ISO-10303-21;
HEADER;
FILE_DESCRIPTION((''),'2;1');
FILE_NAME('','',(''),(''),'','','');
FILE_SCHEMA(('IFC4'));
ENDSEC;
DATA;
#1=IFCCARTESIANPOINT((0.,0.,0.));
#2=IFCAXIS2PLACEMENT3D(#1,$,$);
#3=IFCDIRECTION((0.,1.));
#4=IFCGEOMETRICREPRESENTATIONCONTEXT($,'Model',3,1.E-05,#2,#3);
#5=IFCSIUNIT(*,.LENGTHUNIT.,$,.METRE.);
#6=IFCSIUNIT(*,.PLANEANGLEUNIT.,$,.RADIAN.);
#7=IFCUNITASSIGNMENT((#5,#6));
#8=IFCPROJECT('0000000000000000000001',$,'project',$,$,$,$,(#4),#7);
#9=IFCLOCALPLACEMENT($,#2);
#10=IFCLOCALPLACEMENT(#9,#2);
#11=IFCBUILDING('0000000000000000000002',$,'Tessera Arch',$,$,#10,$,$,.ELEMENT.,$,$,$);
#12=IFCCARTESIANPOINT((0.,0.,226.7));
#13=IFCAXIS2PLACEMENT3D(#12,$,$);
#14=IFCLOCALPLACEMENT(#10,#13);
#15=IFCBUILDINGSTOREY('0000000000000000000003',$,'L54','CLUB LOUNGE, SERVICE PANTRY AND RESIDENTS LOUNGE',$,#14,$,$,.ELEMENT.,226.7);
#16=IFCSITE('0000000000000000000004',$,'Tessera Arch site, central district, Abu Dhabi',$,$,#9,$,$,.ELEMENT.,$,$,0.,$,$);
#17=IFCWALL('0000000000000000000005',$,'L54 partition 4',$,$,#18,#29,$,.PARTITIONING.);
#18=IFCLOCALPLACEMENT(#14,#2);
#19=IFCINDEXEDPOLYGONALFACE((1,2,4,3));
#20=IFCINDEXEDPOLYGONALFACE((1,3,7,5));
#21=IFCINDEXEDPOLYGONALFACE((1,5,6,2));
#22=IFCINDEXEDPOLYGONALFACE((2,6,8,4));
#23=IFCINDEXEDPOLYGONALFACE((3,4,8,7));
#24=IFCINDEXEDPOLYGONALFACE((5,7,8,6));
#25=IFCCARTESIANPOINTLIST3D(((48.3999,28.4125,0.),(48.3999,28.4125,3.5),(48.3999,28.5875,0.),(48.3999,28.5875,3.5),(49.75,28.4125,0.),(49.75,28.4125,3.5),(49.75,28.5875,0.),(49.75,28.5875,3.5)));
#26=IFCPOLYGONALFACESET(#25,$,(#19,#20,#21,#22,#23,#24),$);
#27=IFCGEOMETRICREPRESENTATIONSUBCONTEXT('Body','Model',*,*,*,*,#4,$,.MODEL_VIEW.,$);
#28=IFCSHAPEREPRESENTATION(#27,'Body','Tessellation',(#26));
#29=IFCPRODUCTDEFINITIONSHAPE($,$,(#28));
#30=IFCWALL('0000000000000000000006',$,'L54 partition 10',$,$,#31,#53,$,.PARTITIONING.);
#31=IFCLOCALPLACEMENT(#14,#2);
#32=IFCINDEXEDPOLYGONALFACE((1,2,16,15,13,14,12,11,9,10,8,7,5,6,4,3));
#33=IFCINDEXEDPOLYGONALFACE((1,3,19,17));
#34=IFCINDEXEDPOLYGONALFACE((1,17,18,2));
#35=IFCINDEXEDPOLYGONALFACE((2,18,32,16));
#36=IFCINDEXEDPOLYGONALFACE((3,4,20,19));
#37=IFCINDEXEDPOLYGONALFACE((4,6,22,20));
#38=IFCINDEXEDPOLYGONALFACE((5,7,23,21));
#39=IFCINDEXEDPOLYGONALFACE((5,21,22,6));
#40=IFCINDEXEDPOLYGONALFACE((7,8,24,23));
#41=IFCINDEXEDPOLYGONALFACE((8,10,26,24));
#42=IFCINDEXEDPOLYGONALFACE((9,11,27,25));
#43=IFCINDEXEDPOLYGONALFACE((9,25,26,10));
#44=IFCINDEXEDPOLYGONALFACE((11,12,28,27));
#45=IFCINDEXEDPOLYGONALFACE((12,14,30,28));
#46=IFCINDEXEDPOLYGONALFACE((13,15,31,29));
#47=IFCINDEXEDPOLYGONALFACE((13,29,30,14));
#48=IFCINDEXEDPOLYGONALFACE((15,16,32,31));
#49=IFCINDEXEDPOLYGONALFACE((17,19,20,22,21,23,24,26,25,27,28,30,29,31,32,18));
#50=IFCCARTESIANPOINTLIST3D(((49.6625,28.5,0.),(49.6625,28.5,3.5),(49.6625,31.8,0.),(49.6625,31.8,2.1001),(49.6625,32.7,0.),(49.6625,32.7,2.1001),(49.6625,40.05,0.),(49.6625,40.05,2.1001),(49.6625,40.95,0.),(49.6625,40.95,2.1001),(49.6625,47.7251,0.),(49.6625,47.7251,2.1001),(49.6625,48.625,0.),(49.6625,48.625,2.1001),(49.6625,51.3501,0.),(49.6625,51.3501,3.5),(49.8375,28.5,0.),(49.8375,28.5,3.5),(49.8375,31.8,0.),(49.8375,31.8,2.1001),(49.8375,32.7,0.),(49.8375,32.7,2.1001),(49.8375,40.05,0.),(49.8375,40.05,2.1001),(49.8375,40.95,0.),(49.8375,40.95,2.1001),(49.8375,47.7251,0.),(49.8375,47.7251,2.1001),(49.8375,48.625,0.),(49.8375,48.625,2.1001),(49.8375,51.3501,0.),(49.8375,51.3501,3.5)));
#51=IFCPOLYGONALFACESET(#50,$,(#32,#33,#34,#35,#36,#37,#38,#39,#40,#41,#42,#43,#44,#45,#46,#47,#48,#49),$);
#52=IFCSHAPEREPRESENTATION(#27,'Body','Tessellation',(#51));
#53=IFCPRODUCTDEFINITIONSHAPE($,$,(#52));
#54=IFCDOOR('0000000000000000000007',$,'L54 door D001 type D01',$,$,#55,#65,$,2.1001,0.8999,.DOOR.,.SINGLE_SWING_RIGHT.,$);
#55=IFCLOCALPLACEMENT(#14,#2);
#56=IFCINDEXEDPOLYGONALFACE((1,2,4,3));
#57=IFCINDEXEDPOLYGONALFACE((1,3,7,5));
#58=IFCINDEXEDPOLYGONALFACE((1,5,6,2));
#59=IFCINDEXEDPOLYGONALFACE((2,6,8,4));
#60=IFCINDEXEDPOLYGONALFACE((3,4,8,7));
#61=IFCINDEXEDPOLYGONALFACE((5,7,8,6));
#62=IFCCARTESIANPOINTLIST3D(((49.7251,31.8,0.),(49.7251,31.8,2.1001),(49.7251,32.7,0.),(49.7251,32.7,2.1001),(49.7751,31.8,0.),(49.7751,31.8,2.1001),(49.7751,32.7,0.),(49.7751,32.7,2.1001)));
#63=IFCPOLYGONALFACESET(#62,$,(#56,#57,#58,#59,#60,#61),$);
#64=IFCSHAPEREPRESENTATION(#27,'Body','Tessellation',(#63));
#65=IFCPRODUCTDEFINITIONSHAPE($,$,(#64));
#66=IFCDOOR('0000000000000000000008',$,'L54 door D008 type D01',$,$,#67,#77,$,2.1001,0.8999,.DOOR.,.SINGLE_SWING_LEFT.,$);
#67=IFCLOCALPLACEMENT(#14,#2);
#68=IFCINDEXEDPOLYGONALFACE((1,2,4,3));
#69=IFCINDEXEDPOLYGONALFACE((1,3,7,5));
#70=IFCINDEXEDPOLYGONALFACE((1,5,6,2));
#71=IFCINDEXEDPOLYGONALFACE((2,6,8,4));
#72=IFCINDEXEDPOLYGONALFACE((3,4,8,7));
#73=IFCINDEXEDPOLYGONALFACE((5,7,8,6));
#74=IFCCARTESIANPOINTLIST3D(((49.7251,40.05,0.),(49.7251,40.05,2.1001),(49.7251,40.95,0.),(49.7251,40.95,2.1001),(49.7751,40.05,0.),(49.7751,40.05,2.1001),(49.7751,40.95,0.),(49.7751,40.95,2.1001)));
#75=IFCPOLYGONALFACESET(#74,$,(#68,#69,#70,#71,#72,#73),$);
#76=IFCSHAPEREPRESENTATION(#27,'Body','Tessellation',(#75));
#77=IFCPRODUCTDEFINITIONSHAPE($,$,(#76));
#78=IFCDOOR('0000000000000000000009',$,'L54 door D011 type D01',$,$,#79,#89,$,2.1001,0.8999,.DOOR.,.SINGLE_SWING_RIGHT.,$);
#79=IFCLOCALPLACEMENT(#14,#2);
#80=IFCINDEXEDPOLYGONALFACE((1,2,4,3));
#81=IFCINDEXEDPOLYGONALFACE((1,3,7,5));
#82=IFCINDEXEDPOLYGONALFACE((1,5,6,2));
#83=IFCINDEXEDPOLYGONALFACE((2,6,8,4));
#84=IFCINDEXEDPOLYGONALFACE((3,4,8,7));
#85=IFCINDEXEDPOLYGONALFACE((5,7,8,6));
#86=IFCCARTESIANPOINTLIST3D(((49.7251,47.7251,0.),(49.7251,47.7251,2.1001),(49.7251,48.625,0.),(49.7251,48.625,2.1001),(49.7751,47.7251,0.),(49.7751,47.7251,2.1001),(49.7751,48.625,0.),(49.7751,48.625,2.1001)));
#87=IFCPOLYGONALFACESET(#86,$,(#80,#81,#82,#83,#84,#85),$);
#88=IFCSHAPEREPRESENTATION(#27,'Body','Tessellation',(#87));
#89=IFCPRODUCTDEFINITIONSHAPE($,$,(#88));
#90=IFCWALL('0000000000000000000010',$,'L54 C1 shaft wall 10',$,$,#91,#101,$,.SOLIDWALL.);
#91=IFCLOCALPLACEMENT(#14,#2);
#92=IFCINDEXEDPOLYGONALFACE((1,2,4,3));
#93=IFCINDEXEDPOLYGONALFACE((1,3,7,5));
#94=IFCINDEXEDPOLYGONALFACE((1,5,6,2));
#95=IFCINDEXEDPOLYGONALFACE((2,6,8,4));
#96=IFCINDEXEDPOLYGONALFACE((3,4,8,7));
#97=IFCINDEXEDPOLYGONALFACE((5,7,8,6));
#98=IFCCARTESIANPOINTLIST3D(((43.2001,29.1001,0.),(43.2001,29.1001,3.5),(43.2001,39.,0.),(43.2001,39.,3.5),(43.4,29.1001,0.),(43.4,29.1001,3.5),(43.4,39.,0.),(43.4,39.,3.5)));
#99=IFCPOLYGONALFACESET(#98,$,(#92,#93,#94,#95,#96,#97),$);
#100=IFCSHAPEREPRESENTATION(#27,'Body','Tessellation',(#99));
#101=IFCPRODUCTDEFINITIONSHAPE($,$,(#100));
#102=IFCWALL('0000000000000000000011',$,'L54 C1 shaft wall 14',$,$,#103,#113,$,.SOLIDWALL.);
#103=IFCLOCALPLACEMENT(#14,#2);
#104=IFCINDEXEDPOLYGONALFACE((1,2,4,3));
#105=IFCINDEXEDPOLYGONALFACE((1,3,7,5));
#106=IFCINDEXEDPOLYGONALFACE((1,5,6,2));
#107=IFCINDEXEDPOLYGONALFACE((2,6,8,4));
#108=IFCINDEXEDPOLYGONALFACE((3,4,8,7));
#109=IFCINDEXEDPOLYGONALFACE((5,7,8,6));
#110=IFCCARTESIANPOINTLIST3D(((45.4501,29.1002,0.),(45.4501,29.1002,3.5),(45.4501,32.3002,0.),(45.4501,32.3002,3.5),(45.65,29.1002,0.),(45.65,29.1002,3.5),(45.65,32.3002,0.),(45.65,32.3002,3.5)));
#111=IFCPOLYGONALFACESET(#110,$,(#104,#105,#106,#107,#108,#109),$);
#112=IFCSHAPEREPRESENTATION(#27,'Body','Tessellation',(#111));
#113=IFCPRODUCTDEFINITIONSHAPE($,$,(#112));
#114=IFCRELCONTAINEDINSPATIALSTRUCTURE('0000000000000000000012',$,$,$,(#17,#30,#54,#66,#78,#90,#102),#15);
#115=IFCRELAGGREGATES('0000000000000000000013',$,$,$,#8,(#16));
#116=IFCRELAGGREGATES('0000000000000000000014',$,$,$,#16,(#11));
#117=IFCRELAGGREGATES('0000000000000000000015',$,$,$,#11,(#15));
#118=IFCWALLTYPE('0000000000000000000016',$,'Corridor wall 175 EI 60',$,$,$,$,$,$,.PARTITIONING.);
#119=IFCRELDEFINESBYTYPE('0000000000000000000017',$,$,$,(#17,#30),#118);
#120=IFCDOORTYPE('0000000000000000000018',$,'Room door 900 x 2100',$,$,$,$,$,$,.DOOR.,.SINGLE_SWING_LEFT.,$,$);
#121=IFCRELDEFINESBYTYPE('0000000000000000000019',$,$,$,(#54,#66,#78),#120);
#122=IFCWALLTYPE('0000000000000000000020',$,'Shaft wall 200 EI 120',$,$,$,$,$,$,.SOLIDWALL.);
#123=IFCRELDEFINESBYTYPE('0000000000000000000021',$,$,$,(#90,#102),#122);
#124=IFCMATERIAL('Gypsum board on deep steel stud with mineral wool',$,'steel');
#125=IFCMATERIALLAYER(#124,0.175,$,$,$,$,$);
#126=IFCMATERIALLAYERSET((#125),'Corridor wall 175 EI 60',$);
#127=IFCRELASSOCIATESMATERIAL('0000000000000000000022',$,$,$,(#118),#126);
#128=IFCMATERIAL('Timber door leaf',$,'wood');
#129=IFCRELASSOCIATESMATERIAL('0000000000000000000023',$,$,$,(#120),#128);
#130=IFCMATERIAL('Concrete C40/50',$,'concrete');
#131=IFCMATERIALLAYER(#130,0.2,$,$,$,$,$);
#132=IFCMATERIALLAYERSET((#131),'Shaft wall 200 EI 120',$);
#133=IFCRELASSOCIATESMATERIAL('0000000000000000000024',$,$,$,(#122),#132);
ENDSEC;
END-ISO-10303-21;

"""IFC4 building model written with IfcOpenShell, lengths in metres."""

from ifc_helpers import new_model, si_unit, direction, frame, frame_2d, origin, place, context, subcontext, project, spatial, rectangle, extrude, material, layer, layer_set, type_object, element, fill, save


model = new_model("IFC4")

# Units and contexts
model_context = context("Model", 3, precision=1e-05, world=origin(), true_north=direction((0.0, 1.0)))
body_context = subcontext(model_context, "Body", "Model", "MODEL_VIEW")
ifc_project = project(units=[si_unit("LENGTHUNIT", "METRE"), si_unit("PLANEANGLEUNIT", "RADIAN")], contexts=[model_context])

# Site, building, storey
site_placement = place(None, origin())
site = spatial("IfcSite", under=ifc_project, at=site_placement, Name="Tessera Arch site, central district, Abu Dhabi", CompositionType="ELEMENT", RefElevation=0.0)
building_placement = place(site_placement, origin())
building = spatial("IfcBuilding", under=site, at=building_placement, Name="Tessera Arch", CompositionType="ELEMENT")
storey_placement = place(building_placement, frame((0.0, 0.0, 226.7)))
storey = spatial("IfcBuildingStorey", under=building, at=storey_placement, Name="L54", Description="CLUB LOUNGE, SERVICE PANTRY AND RESIDENTS LOUNGE", CompositionType="ELEMENT", Elevation=226.7)

# Wall
ifc_material_1 = material(Name="Gypsum board on deep steel stud with mineral wool", Category="steel")
ifc_layer_1 = layer(ifc_material_1, 0.175)
ifc_layer_set_1 = layer_set([ifc_layer_1], Name="Corridor wall 175 EI 60")
wall_type_1 = type_object("IfcWallType", Name="Corridor wall 175 EI 60", PredefinedType="PARTITIONING", material=ifc_layer_set_1)
wall_1_placement = place(storey_placement, frame((48.3999, 28.5, 0.0), z_axis=(0.0, 0.0, 1.0), x_axis=(1.0, 0.0, 0.0)))
element("IfcWall", 1, at=wall_1_placement, inside=storey, type_object=wall_type_1, Name="L54 partition 4", PredefinedType="PARTITIONING", context=body_context, shape_type="SweptSolid", body=[
    extrude(rectangle(XDim=1.3501, YDim=0.175, at=frame_2d((0.675, 0.0))), origin(), (0.0, 0.0, 1.0), 3.5),
])

# Wall, openings, doors
wall_2_placement = place(storey_placement, frame((49.75, 28.5, 0.0), z_axis=(0.0, 0.0, 1.0), x_axis=(0.0, 1.0, 0.0)))
wall_2 = element("IfcWall", 2, at=wall_2_placement, inside=storey, type_object=wall_type_1, Name="L54 partition 10", PredefinedType="PARTITIONING", context=body_context, shape_type="SweptSolid", body=[
    extrude(rectangle(XDim=22.8501, YDim=0.175, at=frame_2d((11.425, 0.0))), origin(), (0.0, 0.0, 1.0), 3.5),
])
opening_1_placement = place(wall_2_placement, frame((3.3, 0.0, 0.0)))
opening_1 = element("IfcOpeningElement", 3, at=opening_1_placement, cuts=wall_2, PredefinedType="OPENING", context=body_context, shape_type="SweptSolid", body=[
    extrude(rectangle(XDim=0.8999, YDim=2.1001, at=frame_2d((0.45, 1.05))), frame((0.0, 0.0974, 0.0), z_axis=(0.0, -1.0, 0.0), x_axis=(1.0, 0.0, 0.0)), (0.0, 0.0, 1.0), 0.1951),
])
opening_2_placement = place(wall_2_placement, frame((11.55, 0.0, 0.0)))
opening_2 = element("IfcOpeningElement", 4, at=opening_2_placement, cuts=wall_2, PredefinedType="OPENING", context=body_context, shape_type="SweptSolid", body=[
    extrude(rectangle(XDim=0.8999, YDim=2.1001, at=frame_2d((0.45, 1.05))), frame((0.0, 0.0974, 0.0), z_axis=(0.0, -1.0, 0.0), x_axis=(1.0, 0.0, 0.0)), (0.0, 0.0, 1.0), 0.1951),
])
opening_3_placement = place(wall_2_placement, frame((19.2251, 0.0, 0.0)))
opening_3 = element("IfcOpeningElement", 5, at=opening_3_placement, cuts=wall_2, PredefinedType="OPENING", context=body_context, shape_type="SweptSolid", body=[
    extrude(rectangle(XDim=0.8999, YDim=2.1001, at=frame_2d((0.45, 1.05))), frame((0.0, 0.0974, 0.0), z_axis=(0.0, -1.0, 0.0), x_axis=(1.0, 0.0, 0.0)), (0.0, 0.0, 1.0), 0.1951),
])
ifc_material_2 = material(Name="Timber door leaf", Category="wood")
door_type_1 = type_object("IfcDoorType", Name="Room door 900 x 2100", OperationType="SINGLE_SWING_LEFT", PredefinedType="DOOR", material=ifc_material_2)
door_1_placement = place(opening_1_placement, origin())
door_1 = element("IfcDoor", 6, at=door_1_placement, inside=storey, type_object=door_type_1, Name="L54 door D001 type D01", OperationType="SINGLE_SWING_RIGHT", OverallHeight=2.1001, OverallWidth=0.8999, PredefinedType="DOOR", context=body_context, shape_type="SweptSolid", body=[
    extrude(rectangle(XDim=0.8999, YDim=2.1001, at=frame_2d((0.45, 1.05))), frame((0.0, 0.0249, 0.0), z_axis=(0.0, -1.0, 0.0), x_axis=(1.0, 0.0, 0.0)), (0.0, 0.0, 1.0), 0.05),
])
fill(opening_1, door_1)
door_2_placement = place(opening_2_placement, origin())
door_2 = element("IfcDoor", 7, at=door_2_placement, inside=storey, type_object=door_type_1, Name="L54 door D008 type D01", OperationType="SINGLE_SWING_LEFT", OverallHeight=2.1001, OverallWidth=0.8999, PredefinedType="DOOR", context=body_context, shape_type="SweptSolid", body=[
    extrude(rectangle(XDim=0.8999, YDim=2.1001, at=frame_2d((0.45, 1.05))), frame((0.0, 0.0249, 0.0), z_axis=(0.0, -1.0, 0.0), x_axis=(1.0, 0.0, 0.0)), (0.0, 0.0, 1.0), 0.05),
])
fill(opening_2, door_2)
door_3_placement = place(opening_3_placement, origin())
door_3 = element("IfcDoor", 8, at=door_3_placement, inside=storey, type_object=door_type_1, Name="L54 door D011 type D01", OperationType="SINGLE_SWING_RIGHT", OverallHeight=2.1001, OverallWidth=0.8999, PredefinedType="DOOR", context=body_context, shape_type="SweptSolid", body=[
    extrude(rectangle(XDim=0.8999, YDim=2.1001, at=frame_2d((0.45, 1.05))), frame((0.0, 0.0249, 0.0), z_axis=(0.0, -1.0, 0.0), x_axis=(1.0, 0.0, 0.0)), (0.0, 0.0, 1.0), 0.05),
])
fill(opening_3, door_3)

# Walls
ifc_material_3 = material(Name="Concrete C40/50", Category="concrete")
ifc_layer_2 = layer(ifc_material_3, 0.2)
ifc_layer_set_2 = layer_set([ifc_layer_2], Name="Shaft wall 200 EI 120")
wall_type_2 = type_object("IfcWallType", Name="Shaft wall 200 EI 120", PredefinedType="SOLIDWALL", material=ifc_layer_set_2)
wall_3_placement = place(storey_placement, frame((43.3, 29.1001, 0.0), z_axis=(0.0, 0.0, 1.0), x_axis=(0.0, 1.0, 0.0)))
element("IfcWall", 9, at=wall_3_placement, inside=storey, type_object=wall_type_2, Name="L54 C1 shaft wall 10", PredefinedType="SOLIDWALL", context=body_context, shape_type="SweptSolid", body=[
    extrude(rectangle(XDim=9.8999, YDim=0.2, at=frame_2d((4.95, 0.0))), origin(), (0.0, 0.0, 1.0), 3.5),
])
wall_4_placement = place(storey_placement, frame((45.55, 29.1001, 0.0), z_axis=(0.0, 0.0, 1.0), x_axis=(0.0, 1.0, 0.0)))
element("IfcWall", 10, at=wall_4_placement, inside=storey, type_object=wall_type_2, Name="L54 C1 shaft wall 14", PredefinedType="SOLIDWALL", context=body_context, shape_type="SweptSolid", body=[
    extrude(rectangle(XDim=3.2, YDim=0.2, at=frame_2d((1.6001, 0.0))), origin(), (0.0, 0.0, 1.0), 3.5),
])

save(model, "model.ifc")
